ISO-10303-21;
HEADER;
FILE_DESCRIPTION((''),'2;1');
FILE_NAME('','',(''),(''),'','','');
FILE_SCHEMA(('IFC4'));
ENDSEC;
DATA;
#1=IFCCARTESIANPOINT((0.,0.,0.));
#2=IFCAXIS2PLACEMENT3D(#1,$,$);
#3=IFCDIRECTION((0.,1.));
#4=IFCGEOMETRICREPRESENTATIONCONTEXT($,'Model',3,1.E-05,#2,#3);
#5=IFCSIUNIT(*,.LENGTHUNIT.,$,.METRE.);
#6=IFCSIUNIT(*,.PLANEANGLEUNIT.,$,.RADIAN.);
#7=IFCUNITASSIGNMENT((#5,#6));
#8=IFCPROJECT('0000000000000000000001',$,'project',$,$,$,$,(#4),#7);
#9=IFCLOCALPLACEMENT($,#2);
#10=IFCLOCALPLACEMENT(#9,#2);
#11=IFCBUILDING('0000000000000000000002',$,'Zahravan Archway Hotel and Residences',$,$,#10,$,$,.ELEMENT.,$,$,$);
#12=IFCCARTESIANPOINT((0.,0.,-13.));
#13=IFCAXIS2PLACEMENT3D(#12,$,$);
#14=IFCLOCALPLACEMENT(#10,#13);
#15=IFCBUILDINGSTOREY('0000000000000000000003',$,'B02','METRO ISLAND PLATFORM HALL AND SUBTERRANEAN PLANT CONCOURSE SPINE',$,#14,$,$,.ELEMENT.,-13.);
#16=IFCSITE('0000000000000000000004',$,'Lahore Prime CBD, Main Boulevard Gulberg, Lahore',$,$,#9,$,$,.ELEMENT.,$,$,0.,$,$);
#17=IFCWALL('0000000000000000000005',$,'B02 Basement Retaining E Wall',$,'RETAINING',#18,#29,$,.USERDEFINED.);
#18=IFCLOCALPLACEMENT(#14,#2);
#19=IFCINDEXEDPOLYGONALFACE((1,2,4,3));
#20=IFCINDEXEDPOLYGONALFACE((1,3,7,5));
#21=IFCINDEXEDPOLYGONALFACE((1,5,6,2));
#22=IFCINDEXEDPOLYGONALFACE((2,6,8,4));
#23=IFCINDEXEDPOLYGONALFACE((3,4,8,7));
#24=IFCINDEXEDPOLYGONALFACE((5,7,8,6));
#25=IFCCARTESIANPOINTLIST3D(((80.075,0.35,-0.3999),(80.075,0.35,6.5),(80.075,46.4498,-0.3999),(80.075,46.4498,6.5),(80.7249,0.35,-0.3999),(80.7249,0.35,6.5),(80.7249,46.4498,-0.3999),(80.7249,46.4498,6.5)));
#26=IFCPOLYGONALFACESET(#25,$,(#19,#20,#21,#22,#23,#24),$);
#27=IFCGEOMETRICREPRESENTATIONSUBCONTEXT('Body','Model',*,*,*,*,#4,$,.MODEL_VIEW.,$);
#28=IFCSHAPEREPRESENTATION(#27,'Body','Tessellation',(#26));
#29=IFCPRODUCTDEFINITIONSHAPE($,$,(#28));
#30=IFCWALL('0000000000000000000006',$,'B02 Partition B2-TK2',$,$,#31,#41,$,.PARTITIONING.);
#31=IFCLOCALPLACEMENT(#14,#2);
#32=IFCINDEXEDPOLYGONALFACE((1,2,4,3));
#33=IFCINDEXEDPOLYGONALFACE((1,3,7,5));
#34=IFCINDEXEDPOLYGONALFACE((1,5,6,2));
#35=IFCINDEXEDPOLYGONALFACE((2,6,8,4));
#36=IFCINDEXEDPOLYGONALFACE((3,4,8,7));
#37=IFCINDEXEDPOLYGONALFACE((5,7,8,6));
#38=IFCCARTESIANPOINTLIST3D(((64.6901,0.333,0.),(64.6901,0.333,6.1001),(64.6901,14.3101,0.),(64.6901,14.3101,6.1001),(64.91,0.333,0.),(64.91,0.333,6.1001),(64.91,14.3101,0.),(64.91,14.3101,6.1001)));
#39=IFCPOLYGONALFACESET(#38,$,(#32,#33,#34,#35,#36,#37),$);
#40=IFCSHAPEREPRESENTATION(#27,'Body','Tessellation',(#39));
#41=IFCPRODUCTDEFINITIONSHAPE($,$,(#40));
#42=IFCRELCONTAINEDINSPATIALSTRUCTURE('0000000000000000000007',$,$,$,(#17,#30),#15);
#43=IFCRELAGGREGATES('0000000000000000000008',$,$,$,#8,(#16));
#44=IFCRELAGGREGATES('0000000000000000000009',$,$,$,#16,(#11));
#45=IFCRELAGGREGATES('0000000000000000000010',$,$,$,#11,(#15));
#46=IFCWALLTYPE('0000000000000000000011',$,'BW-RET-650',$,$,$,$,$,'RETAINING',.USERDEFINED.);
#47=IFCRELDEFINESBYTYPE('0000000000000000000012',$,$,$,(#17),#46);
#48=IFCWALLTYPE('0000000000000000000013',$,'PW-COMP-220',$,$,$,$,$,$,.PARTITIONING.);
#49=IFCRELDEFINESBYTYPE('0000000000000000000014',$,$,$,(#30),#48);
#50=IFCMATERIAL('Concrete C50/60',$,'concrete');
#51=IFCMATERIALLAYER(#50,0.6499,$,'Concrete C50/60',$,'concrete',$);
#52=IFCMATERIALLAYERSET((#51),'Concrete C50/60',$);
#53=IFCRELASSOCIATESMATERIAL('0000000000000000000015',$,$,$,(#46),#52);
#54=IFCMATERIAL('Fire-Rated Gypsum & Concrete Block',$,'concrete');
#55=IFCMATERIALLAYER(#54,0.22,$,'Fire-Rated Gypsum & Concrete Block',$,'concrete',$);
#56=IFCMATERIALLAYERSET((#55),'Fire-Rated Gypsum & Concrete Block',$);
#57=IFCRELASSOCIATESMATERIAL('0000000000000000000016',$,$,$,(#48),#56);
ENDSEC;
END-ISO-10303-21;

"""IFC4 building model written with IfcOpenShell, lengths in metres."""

from ifc_helpers import new_model, si_unit, direction, frame, frame_2d, origin, place, context, subcontext, project, spatial, rectangle, extrude, material, layer, layer_set, type_object, element, save


model = new_model("IFC4")

# Units and contexts
model_context = context("Model", 3, precision=1e-05, world=origin(), true_north=direction((0.0, 1.0)))
body_context = subcontext(model_context, "Body", "Model", "MODEL_VIEW")
ifc_project = project(units=[si_unit("LENGTHUNIT", "METRE"), si_unit("PLANEANGLEUNIT", "RADIAN")], contexts=[model_context])

# Site, building, storey
site_placement = place(None, origin())
site = spatial("IfcSite", under=ifc_project, at=site_placement, Name="Lahore Prime CBD, Main Boulevard Gulberg, Lahore", CompositionType="ELEMENT", RefElevation=0.0)
building_placement = place(site_placement, origin())
building = spatial("IfcBuilding", under=site, at=building_placement, Name="Zahravan Archway Hotel and Residences", CompositionType="ELEMENT")
storey_placement = place(building_placement, frame((0.0, 0.0, -13.0)))
storey = spatial("IfcBuildingStorey", under=building, at=storey_placement, Name="B02", Description="METRO ISLAND PLATFORM HALL AND SUBTERRANEAN PLANT CONCOURSE SPINE", CompositionType="ELEMENT", Elevation=-13.0)

# Shared definitions
ifc_material_1 = material(Name="Concrete C50/60", Category="concrete")

# Walls
ifc_layer_1 = layer(ifc_material_1, 0.6499, Name="Concrete C50/60", Category="concrete")
ifc_layer_set_1 = layer_set([ifc_layer_1], Name="Concrete C50/60")
wall_type_1 = type_object("IfcWallType", Name="BW-RET-650", ElementType="RETAINING", PredefinedType="USERDEFINED", material=ifc_layer_set_1)
wall_1_placement = place(storey_placement, frame((80.3999, 0.3501, -0.3999), z_axis=(0.0, 0.0, 1.0), x_axis=(0.0, 1.0, 0.0)))
element("IfcWall", 1, at=wall_1_placement, inside=storey, type_object=wall_type_1, Name="B02 Basement Retaining E Wall", ObjectType="RETAINING", PredefinedType="USERDEFINED", context=body_context, shape_type="SweptSolid", body=[
    extrude(rectangle(XDim=46.0999, YDim=0.6499, at=frame_2d((23.0498, 0.0))), origin(), (0.0, 0.0, 1.0), 6.8999),
])
ifc_material_2 = material(Name="Fire-Rated Gypsum & Concrete Block", Category="concrete")
ifc_layer_2 = layer(ifc_material_2, 0.22, Name="Fire-Rated Gypsum & Concrete Block", Category="concrete")
ifc_layer_set_2 = layer_set([ifc_layer_2], Name="Fire-Rated Gypsum & Concrete Block")
wall_type_2 = type_object("IfcWallType", Name="PW-COMP-220", PredefinedType="PARTITIONING", material=ifc_layer_set_2)
wall_2_placement = place(storey_placement, frame((64.8, 0.333, 0.0), z_axis=(0.0, 0.0, 1.0), x_axis=(0.0, 1.0, 0.0)))
element("IfcWall", 2, at=wall_2_placement, inside=storey, type_object=wall_type_2, Name="B02 Partition B2-TK2", PredefinedType="PARTITIONING", context=body_context, shape_type="SweptSolid", body=[
    extrude(rectangle(XDim=13.9771, YDim=0.22, at=frame_2d((6.9885, 0.0))), origin(), (0.0, 0.0, 1.0), 6.1001),
])

save(model, "model.ifc")
